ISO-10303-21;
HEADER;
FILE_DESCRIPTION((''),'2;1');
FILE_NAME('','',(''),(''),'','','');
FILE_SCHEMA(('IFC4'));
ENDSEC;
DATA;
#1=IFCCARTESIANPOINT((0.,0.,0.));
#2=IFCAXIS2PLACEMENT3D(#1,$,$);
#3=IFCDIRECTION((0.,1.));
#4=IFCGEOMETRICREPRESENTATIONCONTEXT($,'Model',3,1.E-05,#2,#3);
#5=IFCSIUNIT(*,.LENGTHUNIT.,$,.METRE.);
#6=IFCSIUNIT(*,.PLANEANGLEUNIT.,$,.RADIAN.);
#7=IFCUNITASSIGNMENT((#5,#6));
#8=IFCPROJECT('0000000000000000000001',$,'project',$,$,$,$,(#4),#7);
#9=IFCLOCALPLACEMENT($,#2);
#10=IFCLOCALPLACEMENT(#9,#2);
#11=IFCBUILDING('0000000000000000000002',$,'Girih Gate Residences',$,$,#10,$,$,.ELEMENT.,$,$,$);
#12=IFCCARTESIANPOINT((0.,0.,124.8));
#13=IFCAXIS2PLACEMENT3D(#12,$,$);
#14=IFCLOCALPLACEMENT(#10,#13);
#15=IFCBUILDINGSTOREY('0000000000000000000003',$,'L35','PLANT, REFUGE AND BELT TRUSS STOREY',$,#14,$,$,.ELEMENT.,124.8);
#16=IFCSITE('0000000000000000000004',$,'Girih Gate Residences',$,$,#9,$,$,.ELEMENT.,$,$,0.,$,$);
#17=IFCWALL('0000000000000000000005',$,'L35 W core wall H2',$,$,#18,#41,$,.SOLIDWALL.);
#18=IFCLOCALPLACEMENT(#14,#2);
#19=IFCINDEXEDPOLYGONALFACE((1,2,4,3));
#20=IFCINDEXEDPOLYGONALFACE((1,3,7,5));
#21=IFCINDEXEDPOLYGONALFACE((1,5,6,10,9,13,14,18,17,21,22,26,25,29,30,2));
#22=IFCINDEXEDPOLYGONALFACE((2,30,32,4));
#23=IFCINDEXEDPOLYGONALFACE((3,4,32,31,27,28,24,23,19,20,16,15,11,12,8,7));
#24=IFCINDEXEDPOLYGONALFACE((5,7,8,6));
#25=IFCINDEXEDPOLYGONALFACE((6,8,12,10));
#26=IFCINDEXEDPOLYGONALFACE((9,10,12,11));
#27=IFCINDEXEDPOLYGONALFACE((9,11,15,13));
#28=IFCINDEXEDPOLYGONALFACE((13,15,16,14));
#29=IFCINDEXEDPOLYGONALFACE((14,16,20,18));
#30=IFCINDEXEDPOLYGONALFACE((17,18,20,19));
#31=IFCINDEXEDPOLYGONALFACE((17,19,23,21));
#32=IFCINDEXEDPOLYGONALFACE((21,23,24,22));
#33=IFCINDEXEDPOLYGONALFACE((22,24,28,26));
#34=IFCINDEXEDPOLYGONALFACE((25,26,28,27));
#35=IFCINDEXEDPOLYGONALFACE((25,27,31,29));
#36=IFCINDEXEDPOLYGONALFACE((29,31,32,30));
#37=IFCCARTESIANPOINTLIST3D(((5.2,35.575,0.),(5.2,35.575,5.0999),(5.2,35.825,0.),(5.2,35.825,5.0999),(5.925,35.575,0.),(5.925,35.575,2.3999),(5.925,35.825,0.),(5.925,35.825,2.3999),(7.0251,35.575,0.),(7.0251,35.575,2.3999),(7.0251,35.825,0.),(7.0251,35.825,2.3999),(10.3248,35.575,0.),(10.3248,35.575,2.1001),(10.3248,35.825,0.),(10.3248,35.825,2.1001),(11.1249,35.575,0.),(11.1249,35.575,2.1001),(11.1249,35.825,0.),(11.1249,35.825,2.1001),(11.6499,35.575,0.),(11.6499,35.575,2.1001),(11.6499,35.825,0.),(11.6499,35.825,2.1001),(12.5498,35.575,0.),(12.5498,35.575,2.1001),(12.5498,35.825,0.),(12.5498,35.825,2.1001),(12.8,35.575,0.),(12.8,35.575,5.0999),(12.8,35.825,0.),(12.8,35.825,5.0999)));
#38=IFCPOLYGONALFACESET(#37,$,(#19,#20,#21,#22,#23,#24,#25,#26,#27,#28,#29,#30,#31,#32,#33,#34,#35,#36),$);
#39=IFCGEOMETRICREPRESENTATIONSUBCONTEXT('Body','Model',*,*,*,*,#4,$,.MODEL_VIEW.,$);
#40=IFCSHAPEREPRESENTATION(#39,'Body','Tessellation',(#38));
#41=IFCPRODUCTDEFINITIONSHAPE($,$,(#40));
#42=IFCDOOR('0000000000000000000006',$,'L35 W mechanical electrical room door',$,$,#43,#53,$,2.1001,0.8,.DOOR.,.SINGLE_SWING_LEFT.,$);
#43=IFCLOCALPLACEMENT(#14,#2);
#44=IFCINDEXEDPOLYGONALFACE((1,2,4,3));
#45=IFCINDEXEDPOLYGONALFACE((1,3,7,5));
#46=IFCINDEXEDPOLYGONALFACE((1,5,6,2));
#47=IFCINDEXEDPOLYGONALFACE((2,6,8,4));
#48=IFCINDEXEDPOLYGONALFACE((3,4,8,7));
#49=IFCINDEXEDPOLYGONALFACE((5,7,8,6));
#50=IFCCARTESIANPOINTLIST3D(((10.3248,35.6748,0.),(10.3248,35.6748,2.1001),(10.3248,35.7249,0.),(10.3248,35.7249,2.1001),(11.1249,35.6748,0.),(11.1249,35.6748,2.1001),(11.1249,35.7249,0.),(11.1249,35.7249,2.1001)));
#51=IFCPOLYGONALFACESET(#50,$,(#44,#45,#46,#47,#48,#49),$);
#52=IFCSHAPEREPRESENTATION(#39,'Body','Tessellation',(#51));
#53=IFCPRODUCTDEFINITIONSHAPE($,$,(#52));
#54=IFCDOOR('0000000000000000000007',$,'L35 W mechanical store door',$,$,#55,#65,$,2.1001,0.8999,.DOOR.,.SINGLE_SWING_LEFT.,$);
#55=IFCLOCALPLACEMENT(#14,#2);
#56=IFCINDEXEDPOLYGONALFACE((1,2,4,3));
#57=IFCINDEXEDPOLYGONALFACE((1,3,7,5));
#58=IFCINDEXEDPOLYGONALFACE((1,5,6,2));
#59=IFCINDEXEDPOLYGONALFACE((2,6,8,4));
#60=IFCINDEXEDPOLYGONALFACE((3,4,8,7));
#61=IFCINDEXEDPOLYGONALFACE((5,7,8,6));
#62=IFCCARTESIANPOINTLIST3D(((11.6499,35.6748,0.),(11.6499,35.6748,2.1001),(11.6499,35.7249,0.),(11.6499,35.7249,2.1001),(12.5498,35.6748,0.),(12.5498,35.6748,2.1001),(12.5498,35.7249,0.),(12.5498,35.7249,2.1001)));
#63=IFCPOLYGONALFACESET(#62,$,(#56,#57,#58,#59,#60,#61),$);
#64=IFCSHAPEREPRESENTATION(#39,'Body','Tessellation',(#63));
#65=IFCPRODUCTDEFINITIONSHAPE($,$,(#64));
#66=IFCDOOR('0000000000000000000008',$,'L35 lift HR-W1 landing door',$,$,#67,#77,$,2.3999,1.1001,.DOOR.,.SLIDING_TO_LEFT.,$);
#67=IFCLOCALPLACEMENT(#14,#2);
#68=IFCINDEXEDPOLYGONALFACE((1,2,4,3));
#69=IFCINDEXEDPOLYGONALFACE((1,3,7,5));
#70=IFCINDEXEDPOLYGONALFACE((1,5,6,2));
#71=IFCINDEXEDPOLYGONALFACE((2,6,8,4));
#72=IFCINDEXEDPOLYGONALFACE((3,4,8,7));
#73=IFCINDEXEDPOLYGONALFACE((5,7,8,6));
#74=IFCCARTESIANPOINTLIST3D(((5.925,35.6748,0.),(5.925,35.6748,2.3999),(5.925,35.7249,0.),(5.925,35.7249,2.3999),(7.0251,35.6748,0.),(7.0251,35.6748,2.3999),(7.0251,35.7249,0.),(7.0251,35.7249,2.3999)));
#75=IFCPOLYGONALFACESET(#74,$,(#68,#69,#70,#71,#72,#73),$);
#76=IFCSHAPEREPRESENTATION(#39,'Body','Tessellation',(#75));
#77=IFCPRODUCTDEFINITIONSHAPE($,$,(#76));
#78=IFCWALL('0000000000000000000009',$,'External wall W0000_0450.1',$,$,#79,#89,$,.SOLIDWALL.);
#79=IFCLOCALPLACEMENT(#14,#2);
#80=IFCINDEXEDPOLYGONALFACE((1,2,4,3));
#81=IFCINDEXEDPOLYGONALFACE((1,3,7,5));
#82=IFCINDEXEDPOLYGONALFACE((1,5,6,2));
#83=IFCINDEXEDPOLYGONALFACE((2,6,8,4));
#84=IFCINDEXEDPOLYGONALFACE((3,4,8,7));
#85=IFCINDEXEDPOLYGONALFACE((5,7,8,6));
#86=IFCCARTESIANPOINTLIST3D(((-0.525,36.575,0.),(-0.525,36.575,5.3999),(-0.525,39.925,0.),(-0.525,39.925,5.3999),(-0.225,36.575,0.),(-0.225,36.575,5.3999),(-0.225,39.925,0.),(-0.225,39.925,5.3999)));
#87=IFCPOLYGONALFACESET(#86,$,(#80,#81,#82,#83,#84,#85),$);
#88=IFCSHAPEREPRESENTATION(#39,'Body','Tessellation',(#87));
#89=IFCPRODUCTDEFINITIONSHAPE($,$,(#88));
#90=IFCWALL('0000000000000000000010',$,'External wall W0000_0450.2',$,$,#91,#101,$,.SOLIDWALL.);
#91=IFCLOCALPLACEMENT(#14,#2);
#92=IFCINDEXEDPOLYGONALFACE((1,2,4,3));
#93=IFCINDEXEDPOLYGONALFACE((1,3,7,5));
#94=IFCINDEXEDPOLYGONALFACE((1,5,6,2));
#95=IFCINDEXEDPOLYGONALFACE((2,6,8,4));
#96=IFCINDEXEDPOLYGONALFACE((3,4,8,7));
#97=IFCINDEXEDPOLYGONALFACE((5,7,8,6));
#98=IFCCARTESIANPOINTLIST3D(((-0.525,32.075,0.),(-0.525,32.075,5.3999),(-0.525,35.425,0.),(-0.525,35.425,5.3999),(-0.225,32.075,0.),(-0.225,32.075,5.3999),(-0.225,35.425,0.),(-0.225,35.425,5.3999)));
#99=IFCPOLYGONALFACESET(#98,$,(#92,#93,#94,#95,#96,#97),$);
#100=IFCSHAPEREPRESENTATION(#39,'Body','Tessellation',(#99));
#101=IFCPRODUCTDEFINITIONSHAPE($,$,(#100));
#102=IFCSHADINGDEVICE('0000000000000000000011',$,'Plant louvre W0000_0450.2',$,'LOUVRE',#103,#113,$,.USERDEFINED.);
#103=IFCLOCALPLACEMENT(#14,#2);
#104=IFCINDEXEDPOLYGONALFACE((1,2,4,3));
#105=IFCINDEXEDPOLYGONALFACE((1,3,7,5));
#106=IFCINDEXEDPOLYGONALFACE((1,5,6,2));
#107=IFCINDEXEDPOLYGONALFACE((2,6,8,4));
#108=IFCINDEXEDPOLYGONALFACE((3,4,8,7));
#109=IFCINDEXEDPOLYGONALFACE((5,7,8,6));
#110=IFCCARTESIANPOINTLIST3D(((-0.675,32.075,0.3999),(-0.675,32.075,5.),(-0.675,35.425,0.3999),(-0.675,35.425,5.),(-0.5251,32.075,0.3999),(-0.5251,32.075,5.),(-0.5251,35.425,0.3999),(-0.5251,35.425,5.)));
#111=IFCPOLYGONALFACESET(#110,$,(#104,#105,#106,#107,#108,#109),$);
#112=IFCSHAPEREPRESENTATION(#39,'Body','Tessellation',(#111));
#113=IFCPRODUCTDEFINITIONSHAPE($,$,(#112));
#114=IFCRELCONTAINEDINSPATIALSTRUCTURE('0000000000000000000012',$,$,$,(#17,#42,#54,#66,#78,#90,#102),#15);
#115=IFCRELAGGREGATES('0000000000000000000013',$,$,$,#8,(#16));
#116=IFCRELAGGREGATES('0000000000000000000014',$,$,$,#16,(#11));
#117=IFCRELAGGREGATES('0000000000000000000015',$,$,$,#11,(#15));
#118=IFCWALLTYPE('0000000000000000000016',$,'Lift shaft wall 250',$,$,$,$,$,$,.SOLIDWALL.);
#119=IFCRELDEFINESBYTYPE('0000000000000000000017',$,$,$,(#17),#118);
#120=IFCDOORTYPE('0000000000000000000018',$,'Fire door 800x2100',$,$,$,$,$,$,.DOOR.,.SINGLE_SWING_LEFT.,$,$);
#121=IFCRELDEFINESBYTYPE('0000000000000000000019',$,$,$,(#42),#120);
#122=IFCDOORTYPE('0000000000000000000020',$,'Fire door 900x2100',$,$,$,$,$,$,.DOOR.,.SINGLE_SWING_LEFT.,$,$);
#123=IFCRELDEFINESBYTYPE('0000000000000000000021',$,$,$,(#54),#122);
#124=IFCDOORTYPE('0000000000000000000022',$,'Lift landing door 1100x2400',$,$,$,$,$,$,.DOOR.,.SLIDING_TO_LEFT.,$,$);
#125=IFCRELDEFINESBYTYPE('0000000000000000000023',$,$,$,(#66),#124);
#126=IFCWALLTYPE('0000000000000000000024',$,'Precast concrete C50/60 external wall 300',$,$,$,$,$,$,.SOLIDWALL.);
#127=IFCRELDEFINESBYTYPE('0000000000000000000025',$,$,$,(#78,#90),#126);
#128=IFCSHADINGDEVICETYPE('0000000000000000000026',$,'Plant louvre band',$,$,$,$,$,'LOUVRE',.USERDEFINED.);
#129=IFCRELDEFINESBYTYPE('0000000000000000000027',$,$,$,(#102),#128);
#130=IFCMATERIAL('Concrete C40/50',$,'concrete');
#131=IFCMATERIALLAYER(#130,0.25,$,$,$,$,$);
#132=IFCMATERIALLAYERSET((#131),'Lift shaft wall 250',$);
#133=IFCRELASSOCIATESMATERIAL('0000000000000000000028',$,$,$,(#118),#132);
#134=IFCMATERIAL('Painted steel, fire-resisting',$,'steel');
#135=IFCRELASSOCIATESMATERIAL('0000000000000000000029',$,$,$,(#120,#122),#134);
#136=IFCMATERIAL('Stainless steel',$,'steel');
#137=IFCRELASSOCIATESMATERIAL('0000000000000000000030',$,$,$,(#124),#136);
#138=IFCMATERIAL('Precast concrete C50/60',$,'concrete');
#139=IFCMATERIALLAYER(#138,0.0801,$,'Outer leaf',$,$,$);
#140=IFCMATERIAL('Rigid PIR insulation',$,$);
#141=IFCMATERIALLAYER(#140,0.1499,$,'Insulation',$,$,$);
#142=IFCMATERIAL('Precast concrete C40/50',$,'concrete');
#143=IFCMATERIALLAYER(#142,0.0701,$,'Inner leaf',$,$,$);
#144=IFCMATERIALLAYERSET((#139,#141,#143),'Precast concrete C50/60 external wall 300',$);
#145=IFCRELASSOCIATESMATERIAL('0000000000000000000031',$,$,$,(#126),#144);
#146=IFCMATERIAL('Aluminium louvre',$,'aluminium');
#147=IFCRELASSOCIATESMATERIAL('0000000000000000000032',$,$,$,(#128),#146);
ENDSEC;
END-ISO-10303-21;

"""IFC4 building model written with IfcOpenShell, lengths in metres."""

from ifc_helpers import new_model, si_unit, direction, frame, frame_2d, origin, origin_2d, place, context, subcontext, project, spatial, rectangle, extrude, material, layer, layer_set, type_object, element, fill, save


model = new_model("IFC4")

# Units and contexts
model_context = context("Model", 3, precision=1e-05, world=origin(), true_north=direction((0.0, 1.0)))
body_context = subcontext(model_context, "Body", "Model", "MODEL_VIEW")
ifc_project = project(units=[si_unit("LENGTHUNIT", "METRE"), si_unit("PLANEANGLEUNIT", "RADIAN")], contexts=[model_context])

# Site, building, storey
site_placement = place(None, origin())
site = spatial("IfcSite", under=ifc_project, at=site_placement, Name="Girih Gate Residences", CompositionType="ELEMENT", RefElevation=0.0)
building_placement = place(site_placement, origin())
building = spatial("IfcBuilding", under=site, at=building_placement, Name="Girih Gate Residences", CompositionType="ELEMENT")
storey_placement = place(building_placement, frame((0.0, 0.0, 124.8)))
storey = spatial("IfcBuildingStorey", under=building, at=storey_placement, Name="L35", Description="PLANT, REFUGE AND BELT TRUSS STOREY", CompositionType="ELEMENT", Elevation=124.8)

# Shared definitions
ifc_material_1 = material(Name="Concrete C40/50", Category="concrete")
ifc_layer_1 = layer(ifc_material_1, 0.25)
ifc_layer_set_1 = layer_set([ifc_layer_1], Name="Lift shaft wall 250")
wall_type_1 = type_object("IfcWallType", Name="Lift shaft wall 250", PredefinedType="SOLIDWALL", material=ifc_layer_set_1)

# Wall, openings, doors
wall_1_placement = place(storey_placement, frame((5.2, 35.7, 0.0), z_axis=(0.0, 0.0, 1.0), x_axis=(1.0, 0.0, 0.0)))
wall_1 = element("IfcWall", 1, at=wall_1_placement, inside=storey, type_object=wall_type_1, Name="L35 W core wall H2", PredefinedType="SOLIDWALL", context=body_context, shape_type="SweptSolid", body=[
    extrude(rectangle(XDim=7.6001, YDim=0.25, at=frame_2d((3.8, 0.0))), origin(), (0.0, 0.0, 1.0), 5.0999),
])
opening_1_placement = place(wall_1_placement, frame((0.7251, 0.0, 0.0)))
opening_1 = element("IfcOpeningElement", 2, at=opening_1_placement, cuts=wall_1, PredefinedType="OPENING", context=body_context, shape_type="SweptSolid", body=[
    extrude(rectangle(XDim=1.1001, YDim=2.3999, at=frame_2d((0.55, 1.2))), frame((0.0, 0.135, 0.0), z_axis=(0.0, -1.0, 0.0), x_axis=(1.0, 0.0, 0.0)), (0.0, 0.0, 1.0), 0.27),
])
opening_2_placement = place(wall_1_placement, frame((5.125, 0.0, 0.0)))
opening_2 = element("IfcOpeningElement", 3, at=opening_2_placement, cuts=wall_1, PredefinedType="OPENING", context=body_context, shape_type="SweptSolid", body=[
    extrude(rectangle(XDim=0.8, YDim=2.1001, at=frame_2d((0.3999, 1.05))), frame((0.0, 0.135, 0.0), z_axis=(0.0, -1.0, 0.0), x_axis=(1.0, 0.0, 0.0)), (0.0, 0.0, 1.0), 0.27),
])
opening_3_placement = place(wall_1_placement, frame((6.45, 0.0, 0.0)))
opening_3 = element("IfcOpeningElement", 4, at=opening_3_placement, cuts=wall_1, PredefinedType="OPENING", context=body_context, shape_type="SweptSolid", body=[
    extrude(rectangle(XDim=0.8999, YDim=2.1001, at=frame_2d((0.45, 1.05))), frame((0.0, 0.135, 0.0), z_axis=(0.0, -1.0, 0.0), x_axis=(1.0, 0.0, 0.0)), (0.0, 0.0, 1.0), 0.27),
])
ifc_material_2 = material(Name="Painted steel, fire-resisting", Category="steel")
door_type_1 = type_object("IfcDoorType", Name="Fire door 800x2100", OperationType="SINGLE_SWING_LEFT", PredefinedType="DOOR", material=ifc_material_2)
door_1_placement = place(opening_2_placement, origin())
door_1 = element("IfcDoor", 5, at=door_1_placement, inside=storey, type_object=door_type_1, Name="L35 W mechanical electrical room door", OperationType="SINGLE_SWING_LEFT", OverallHeight=2.1001, OverallWidth=0.8, PredefinedType="DOOR", context=body_context, shape_type="SweptSolid", body=[
    extrude(rectangle(XDim=0.8, YDim=2.1001, at=frame_2d((0.3999, 1.05))), frame((0.0, 0.0249, 0.0), z_axis=(0.0, -1.0, 0.0), x_axis=(1.0, 0.0, 0.0)), (0.0, 0.0, 1.0), 0.05),
])
fill(opening_2, door_1)
door_type_2 = type_object("IfcDoorType", Name="Fire door 900x2100", OperationType="SINGLE_SWING_LEFT", PredefinedType="DOOR", material=ifc_material_2)
door_2_placement = place(opening_3_placement, origin())
door_2 = element("IfcDoor", 6, at=door_2_placement, inside=storey, type_object=door_type_2, Name="L35 W mechanical store door", OperationType="SINGLE_SWING_LEFT", OverallHeight=2.1001, OverallWidth=0.8999, PredefinedType="DOOR", context=body_context, shape_type="SweptSolid", body=[
    extrude(rectangle(XDim=0.8999, YDim=2.1001, at=frame_2d((0.45, 1.05))), frame((0.0, 0.0249, 0.0), z_axis=(0.0, -1.0, 0.0), x_axis=(1.0, 0.0, 0.0)), (0.0, 0.0, 1.0), 0.05),
])
fill(opening_3, door_2)
ifc_material_3 = material(Name="Stainless steel", Category="steel")
door_type_3 = type_object("IfcDoorType", Name="Lift landing door 1100x2400", OperationType="SLIDING_TO_LEFT", PredefinedType="DOOR", material=ifc_material_3)
door_3_placement = place(opening_1_placement, origin())
door_3 = element("IfcDoor", 7, at=door_3_placement, inside=storey, type_object=door_type_3, Name="L35 lift HR-W1 landing door", OperationType="SLIDING_TO_LEFT", OverallHeight=2.3999, OverallWidth=1.1001, PredefinedType="DOOR", context=body_context, shape_type="SweptSolid", body=[
    extrude(rectangle(XDim=1.1001, YDim=2.3999, at=frame_2d((0.55, 1.2))), frame((0.0, 0.0249, 0.0), z_axis=(0.0, -1.0, 0.0), x_axis=(1.0, 0.0, 0.0)), (0.0, 0.0, 1.0), 0.05),
])
fill(opening_1, door_3)

# Walls
ifc_material_4 = material(Name="Precast concrete C50/60", Category="concrete")
ifc_layer_2 = layer(ifc_material_4, 0.0801, Name="Outer leaf")
ifc_material_5 = material(Name="Rigid PIR insulation")
ifc_layer_3 = layer(ifc_material_5, 0.1499, Name="Insulation")
ifc_material_6 = material(Name="Precast concrete C40/50", Category="concrete")
ifc_layer_4 = layer(ifc_material_6, 0.0701, Name="Inner leaf")
ifc_layer_set_2 = layer_set([ifc_layer_2, ifc_layer_3, ifc_layer_4], Name="Precast concrete C50/60 external wall 300")
wall_type_2 = type_object("IfcWallType", Name="Precast concrete C50/60 external wall 300", PredefinedType="SOLIDWALL", material=ifc_layer_set_2)
for number, where, z_axis, x_axis, name in (
    (8, (-0.375, 36.575, 0.0), (0.0, 0.0, 1.0), (0.0, 1.0, 0.0), "External wall W0000_0450.1"),
    (9, (-0.375, 32.075, 0.0), (0.0, 0.0, 1.0), (0.0, 1.0, 0.0), "External wall W0000_0450.2"),
):
    element("IfcWall", number, at=place(storey_placement, frame(where, z_axis=z_axis, x_axis=x_axis)), inside=storey, type_object=wall_type_2, Name=name, PredefinedType="SOLIDWALL", context=body_context, shape_type="SweptSolid", body=[
        extrude(rectangle(XDim=3.3501, YDim=0.3, at=frame_2d((1.675, 0.0))), origin(), (0.0, 0.0, 1.0), 5.3999),
    ])

# Shading device
ifc_material_7 = material(Name="Aluminium louvre", Category="aluminium")
shading_device_type = type_object("IfcShadingDeviceType", Name="Plant louvre band", ElementType="LOUVRE", PredefinedType="USERDEFINED", material=ifc_material_7)
shading_device_placement = place(storey_placement, frame((-0.6001, 33.75, 0.3999), z_axis=(0.0, 0.0, 1.0), x_axis=(0.0, -1.0, 0.0)))
element("IfcShadingDevice", 10, at=shading_device_placement, inside=storey, type_object=shading_device_type, Name="Plant louvre W0000_0450.2", ObjectType="LOUVRE", PredefinedType="USERDEFINED", context=body_context, shape_type="SweptSolid", body=[
    extrude(rectangle(XDim=3.3501, YDim=0.1499, at=origin_2d()), origin(), (0.0, 0.0, 1.0), 4.6001),
])

save(model, "model.ifc")
